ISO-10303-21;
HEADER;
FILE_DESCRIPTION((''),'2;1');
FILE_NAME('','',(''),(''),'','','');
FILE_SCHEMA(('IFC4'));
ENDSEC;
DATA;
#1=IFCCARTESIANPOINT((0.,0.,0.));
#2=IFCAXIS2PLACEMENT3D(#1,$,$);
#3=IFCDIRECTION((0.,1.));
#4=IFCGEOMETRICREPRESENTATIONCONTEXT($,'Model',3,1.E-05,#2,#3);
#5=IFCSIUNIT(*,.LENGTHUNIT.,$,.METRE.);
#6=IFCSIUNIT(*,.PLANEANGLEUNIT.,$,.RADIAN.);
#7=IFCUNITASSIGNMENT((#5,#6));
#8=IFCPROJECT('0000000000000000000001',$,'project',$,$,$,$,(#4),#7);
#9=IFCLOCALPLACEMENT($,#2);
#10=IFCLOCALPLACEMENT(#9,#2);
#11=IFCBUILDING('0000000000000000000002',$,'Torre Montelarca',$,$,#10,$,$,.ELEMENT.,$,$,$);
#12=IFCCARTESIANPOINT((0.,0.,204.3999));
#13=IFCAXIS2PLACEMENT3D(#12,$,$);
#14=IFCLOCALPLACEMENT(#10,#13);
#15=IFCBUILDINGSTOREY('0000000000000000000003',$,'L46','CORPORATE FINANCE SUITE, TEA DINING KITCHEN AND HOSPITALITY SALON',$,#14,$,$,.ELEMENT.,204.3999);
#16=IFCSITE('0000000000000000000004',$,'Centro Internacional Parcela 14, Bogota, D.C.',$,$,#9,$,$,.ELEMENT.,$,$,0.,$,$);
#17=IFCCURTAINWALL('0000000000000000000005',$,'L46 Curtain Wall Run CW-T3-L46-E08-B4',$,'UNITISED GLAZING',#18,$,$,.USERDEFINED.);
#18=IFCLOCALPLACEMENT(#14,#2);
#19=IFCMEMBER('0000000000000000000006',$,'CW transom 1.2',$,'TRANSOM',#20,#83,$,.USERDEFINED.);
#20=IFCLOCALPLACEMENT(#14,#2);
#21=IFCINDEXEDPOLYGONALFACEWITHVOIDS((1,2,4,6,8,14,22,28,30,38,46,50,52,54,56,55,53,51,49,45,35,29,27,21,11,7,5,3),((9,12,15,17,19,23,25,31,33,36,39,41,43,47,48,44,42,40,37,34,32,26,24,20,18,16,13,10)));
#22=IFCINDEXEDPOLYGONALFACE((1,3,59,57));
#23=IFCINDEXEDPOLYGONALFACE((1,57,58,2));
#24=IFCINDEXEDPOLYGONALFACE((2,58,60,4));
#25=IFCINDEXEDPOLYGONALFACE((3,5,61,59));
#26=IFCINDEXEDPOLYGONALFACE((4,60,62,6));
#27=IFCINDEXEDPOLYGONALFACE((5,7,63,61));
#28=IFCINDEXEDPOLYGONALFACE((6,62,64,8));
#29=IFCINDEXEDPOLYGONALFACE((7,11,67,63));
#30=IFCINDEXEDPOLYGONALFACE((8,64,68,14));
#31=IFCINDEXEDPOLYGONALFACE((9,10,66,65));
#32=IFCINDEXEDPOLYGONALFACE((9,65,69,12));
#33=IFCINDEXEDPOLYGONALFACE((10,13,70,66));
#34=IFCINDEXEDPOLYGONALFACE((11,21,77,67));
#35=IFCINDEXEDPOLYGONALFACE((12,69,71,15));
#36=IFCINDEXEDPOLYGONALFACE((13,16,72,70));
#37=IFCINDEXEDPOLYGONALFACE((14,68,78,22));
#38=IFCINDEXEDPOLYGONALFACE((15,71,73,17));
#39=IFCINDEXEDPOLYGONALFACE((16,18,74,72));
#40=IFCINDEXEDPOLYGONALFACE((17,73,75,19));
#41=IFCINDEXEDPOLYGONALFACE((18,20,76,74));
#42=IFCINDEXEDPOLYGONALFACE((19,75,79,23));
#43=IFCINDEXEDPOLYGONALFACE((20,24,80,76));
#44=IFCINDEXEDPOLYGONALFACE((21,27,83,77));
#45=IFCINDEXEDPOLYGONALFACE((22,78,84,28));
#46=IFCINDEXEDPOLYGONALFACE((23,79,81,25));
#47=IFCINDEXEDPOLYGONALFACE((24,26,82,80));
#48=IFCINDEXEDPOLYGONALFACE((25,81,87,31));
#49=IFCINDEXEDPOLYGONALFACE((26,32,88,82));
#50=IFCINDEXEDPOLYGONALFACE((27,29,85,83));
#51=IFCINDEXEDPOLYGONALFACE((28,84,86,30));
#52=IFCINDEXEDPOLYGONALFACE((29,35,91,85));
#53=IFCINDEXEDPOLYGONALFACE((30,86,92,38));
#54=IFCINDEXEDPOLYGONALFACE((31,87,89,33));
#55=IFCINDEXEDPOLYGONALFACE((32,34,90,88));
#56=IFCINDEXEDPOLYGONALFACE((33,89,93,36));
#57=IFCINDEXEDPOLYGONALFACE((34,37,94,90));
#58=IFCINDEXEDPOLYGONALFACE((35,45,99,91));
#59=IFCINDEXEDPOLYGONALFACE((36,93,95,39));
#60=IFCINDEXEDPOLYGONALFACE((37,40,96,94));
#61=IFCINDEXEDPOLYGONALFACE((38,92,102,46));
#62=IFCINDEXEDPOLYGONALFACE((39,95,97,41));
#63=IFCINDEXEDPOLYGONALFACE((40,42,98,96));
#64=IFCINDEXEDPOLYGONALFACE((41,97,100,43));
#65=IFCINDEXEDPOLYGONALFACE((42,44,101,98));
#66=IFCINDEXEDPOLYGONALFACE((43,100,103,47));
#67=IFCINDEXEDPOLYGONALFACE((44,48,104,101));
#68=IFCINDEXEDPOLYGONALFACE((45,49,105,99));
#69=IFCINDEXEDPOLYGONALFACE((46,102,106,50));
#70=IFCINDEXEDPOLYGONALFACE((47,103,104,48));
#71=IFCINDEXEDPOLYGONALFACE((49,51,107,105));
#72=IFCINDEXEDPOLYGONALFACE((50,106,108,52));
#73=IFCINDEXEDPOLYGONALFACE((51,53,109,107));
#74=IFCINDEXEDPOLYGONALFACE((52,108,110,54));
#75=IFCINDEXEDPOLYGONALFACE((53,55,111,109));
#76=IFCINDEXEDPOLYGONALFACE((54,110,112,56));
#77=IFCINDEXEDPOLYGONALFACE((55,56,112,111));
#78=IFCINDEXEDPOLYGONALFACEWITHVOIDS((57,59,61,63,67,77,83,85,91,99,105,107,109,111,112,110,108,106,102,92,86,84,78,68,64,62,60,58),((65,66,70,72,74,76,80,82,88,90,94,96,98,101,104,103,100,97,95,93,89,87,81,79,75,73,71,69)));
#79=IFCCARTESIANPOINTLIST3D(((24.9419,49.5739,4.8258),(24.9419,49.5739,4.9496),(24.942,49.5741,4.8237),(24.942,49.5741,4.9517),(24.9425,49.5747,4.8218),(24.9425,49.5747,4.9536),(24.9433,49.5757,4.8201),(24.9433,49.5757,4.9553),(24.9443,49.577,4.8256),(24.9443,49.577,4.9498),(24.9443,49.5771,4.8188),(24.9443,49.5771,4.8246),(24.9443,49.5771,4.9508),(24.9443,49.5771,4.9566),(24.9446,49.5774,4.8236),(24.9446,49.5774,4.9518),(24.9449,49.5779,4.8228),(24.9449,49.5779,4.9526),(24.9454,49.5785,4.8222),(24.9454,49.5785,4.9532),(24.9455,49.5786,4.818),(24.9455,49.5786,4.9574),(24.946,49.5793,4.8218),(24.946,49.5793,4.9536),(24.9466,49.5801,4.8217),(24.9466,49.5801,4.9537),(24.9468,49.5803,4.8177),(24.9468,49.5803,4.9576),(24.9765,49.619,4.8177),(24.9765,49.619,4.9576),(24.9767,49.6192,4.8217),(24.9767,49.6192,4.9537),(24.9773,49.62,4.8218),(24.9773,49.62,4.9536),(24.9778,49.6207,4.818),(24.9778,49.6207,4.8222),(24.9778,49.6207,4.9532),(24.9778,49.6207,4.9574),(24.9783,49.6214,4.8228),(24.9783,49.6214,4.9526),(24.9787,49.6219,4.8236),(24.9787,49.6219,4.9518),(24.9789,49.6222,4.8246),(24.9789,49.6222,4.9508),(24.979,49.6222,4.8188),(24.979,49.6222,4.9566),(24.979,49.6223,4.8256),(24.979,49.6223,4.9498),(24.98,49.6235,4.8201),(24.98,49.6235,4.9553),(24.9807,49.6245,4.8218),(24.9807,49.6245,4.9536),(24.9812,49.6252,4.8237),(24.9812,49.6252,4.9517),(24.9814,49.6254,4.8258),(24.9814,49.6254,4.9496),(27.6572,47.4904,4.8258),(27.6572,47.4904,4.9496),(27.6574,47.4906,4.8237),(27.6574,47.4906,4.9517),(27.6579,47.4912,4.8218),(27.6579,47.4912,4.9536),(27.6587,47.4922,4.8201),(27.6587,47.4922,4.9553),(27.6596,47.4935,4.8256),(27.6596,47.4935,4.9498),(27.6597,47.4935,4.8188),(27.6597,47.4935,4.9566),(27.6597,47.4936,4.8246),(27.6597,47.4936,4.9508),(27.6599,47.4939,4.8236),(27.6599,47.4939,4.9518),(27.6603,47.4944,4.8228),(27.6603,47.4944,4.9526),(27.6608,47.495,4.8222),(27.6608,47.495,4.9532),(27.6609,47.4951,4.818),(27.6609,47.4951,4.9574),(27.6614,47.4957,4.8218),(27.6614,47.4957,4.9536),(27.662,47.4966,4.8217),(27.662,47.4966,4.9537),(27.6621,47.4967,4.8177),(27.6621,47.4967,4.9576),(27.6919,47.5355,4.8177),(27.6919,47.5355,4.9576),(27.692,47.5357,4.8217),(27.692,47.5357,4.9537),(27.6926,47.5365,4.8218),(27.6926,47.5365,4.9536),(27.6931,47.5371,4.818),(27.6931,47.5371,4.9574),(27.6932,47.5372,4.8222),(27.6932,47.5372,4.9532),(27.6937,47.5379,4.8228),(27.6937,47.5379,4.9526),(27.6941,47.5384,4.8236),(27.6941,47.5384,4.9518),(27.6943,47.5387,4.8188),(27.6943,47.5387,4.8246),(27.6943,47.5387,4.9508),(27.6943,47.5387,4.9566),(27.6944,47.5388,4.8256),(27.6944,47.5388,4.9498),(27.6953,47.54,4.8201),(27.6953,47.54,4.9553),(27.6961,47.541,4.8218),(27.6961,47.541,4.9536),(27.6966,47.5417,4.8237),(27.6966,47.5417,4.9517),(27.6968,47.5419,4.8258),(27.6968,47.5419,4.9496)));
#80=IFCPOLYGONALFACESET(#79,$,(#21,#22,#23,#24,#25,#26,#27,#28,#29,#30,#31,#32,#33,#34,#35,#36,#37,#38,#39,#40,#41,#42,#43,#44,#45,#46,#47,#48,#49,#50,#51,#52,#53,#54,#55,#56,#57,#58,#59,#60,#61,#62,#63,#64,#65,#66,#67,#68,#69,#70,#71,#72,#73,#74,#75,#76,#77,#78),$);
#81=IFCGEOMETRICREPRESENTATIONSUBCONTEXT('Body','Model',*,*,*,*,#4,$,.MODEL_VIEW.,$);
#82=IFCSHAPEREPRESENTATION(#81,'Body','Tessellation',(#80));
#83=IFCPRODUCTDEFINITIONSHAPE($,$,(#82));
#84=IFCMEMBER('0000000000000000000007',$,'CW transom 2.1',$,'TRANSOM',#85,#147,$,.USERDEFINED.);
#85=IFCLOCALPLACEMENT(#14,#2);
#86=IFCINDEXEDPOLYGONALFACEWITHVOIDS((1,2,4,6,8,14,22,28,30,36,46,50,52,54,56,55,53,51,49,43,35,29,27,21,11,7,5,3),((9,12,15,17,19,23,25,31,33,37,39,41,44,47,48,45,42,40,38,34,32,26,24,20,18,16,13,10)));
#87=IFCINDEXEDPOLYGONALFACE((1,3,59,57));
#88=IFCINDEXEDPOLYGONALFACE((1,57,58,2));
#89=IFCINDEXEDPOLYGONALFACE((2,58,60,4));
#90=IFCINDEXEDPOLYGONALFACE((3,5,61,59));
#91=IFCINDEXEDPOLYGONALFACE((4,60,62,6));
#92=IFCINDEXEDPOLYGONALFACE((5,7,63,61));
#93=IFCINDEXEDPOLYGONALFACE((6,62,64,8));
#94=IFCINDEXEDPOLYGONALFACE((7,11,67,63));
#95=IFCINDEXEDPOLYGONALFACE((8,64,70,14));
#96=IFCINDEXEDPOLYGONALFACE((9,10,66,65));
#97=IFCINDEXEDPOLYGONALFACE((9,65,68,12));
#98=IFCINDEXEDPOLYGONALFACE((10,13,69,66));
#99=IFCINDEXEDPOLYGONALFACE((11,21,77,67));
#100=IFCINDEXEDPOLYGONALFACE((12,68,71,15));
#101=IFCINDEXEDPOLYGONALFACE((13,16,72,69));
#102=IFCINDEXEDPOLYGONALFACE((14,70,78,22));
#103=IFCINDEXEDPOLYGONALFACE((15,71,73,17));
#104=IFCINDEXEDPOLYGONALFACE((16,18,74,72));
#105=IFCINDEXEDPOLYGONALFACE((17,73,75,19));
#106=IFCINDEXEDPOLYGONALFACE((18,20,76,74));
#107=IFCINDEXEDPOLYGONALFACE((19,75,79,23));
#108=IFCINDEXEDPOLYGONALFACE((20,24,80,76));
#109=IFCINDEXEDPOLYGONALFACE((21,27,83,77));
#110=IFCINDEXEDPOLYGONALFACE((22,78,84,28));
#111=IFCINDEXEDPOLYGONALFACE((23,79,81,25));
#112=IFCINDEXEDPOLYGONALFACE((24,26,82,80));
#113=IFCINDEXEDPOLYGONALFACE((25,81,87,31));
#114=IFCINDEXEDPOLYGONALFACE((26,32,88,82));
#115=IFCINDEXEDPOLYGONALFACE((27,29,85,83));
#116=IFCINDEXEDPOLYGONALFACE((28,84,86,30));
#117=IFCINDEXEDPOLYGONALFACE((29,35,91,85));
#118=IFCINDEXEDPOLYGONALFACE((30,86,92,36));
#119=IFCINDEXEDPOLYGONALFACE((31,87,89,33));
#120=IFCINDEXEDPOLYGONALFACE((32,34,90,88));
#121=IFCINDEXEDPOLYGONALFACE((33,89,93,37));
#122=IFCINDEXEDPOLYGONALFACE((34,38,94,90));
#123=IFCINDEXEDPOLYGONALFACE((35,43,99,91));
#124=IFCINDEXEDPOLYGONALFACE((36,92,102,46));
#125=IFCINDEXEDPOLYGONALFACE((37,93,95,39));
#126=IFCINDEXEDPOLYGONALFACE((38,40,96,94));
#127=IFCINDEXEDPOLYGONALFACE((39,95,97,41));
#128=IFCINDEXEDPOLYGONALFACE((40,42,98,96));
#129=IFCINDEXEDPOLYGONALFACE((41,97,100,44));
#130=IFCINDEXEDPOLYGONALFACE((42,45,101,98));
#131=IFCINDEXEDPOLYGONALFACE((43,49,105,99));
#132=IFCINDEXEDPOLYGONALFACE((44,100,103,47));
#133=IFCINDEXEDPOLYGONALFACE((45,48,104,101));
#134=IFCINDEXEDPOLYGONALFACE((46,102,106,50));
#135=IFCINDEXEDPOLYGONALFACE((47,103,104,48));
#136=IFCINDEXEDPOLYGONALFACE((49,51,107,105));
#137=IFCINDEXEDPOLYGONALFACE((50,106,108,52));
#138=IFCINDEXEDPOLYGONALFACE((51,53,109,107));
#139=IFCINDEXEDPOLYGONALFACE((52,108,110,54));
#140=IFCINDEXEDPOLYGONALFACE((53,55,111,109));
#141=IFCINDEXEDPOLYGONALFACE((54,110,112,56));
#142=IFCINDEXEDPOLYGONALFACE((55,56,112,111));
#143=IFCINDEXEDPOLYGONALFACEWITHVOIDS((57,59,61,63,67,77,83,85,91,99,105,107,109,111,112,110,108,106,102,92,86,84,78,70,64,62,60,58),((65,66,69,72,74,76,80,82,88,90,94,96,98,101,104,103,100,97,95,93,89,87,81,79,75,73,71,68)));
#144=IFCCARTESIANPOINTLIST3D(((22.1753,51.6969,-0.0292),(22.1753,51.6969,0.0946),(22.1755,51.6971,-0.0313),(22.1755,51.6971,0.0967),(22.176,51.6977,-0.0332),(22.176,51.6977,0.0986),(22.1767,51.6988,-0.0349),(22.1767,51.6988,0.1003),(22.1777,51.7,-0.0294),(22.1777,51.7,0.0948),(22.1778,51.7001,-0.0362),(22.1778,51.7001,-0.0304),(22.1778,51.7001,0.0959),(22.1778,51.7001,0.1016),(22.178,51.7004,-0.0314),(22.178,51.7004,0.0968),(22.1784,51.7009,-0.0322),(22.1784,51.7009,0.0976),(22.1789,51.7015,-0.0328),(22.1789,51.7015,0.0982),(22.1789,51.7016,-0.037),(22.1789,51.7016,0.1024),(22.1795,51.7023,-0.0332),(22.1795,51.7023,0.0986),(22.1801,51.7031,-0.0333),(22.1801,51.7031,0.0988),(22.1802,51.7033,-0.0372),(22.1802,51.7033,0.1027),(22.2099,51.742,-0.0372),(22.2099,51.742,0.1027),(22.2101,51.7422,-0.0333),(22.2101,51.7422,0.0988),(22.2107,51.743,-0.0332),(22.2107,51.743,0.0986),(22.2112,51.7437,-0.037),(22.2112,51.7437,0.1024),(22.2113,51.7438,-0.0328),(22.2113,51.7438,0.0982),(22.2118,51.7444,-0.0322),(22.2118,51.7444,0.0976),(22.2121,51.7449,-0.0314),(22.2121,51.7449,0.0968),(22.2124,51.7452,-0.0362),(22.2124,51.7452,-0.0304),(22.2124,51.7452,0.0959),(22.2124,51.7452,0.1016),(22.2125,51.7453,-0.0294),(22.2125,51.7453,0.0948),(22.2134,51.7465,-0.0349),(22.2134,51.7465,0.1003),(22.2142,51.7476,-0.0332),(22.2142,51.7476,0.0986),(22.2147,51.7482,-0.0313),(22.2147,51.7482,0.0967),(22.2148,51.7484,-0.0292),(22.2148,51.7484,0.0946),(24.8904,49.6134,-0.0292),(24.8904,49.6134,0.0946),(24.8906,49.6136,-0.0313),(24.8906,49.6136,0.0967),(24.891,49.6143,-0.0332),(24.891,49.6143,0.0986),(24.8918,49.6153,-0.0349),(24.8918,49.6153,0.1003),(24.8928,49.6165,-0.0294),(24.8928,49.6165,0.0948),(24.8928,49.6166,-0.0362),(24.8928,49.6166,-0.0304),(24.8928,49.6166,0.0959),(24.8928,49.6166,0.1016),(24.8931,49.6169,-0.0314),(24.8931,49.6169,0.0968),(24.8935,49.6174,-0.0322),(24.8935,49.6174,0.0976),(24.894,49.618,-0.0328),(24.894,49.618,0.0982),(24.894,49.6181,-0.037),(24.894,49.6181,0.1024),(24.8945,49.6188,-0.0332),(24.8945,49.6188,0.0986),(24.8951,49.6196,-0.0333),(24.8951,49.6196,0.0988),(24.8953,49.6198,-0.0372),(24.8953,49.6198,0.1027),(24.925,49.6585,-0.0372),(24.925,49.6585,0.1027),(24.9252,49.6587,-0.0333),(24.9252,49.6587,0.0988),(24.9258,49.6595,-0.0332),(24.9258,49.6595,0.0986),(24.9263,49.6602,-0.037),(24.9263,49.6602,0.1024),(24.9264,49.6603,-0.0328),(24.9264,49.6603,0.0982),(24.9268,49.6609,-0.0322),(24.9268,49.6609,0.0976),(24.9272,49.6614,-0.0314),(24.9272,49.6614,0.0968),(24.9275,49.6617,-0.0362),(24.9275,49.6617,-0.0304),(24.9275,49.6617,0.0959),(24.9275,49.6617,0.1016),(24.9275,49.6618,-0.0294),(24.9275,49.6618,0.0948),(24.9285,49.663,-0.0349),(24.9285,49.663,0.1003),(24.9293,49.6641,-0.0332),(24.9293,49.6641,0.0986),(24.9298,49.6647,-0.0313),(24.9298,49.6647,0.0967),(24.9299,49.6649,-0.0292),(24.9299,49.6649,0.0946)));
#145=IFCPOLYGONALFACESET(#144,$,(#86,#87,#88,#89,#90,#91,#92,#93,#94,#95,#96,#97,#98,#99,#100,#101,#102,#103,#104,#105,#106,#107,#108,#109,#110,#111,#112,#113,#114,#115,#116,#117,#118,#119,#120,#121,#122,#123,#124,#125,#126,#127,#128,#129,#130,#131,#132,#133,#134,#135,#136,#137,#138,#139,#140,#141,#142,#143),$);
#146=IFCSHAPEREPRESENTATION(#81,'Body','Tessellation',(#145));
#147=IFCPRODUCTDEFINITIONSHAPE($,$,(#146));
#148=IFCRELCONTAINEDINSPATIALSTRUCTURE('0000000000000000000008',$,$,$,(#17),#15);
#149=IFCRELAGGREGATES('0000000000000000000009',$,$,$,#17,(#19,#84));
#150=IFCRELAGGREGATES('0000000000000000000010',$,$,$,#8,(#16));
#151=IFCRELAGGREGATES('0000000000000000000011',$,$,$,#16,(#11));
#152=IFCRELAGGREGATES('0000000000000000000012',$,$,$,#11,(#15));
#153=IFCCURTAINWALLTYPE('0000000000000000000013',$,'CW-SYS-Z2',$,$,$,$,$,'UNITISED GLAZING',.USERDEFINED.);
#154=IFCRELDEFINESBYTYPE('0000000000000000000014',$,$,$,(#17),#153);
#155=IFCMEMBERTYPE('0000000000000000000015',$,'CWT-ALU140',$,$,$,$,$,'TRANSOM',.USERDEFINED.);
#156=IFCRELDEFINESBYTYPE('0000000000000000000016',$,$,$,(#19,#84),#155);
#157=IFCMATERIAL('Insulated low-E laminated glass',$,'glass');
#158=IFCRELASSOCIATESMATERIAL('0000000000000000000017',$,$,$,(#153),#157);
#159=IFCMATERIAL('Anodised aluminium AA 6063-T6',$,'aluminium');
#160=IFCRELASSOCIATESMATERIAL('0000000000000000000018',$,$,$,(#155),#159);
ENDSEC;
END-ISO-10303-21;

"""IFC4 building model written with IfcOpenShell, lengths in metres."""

from ifc_helpers import new_model, si_unit, direction, frame, origin, origin_2d, place, context, subcontext, project, spatial, hollow_rectangle, extrude, source, transform, mapped, material, material_profile, profile_set, type_object, element, aggregate, save


model = new_model("IFC4")

# Units and contexts
model_context = context("Model", 3, precision=1e-05, world=origin(), true_north=direction((0.0, 1.0)))
body_context = subcontext(model_context, "Body", "Model", "MODEL_VIEW")
ifc_project = project(units=[si_unit("LENGTHUNIT", "METRE"), si_unit("PLANEANGLEUNIT", "RADIAN")], contexts=[model_context])

# Site, building, storey
site_placement = place(None, origin())
site = spatial("IfcSite", under=ifc_project, at=site_placement, Name="Centro Internacional Parcela 14, Bogota, D.C.", CompositionType="ELEMENT", RefElevation=0.0)
building_placement = place(site_placement, origin())
building = spatial("IfcBuilding", under=site, at=building_placement, Name="Torre Montelarca", CompositionType="ELEMENT")
storey_placement = place(building_placement, frame((0.0, 0.0, 204.3999)))
storey = spatial("IfcBuildingStorey", under=building, at=storey_placement, Name="L46", Description="CORPORATE FINANCE SUITE, TEA DINING KITCHEN AND HOSPITALITY SALON", CompositionType="ELEMENT", Elevation=204.3999)

# Shared definitions
ifc_material_1 = material(Name="Insulated low-E laminated glass", Category="glass")
curtain_wall_type = type_object("IfcCurtainWallType", Name="CW-SYS-Z2", ElementType="UNITISED GLAZING", PredefinedType="USERDEFINED", material=ifc_material_1)
ifc_material_2 = material(Name="Anodised aluminium AA 6063-T6", Category="aluminium")

# Curtain wall
curtain_wall_1_placement = place(storey_placement, origin())
curtain_wall_1 = element("IfcCurtainWall", 1, at=curtain_wall_1_placement, inside=storey, type_object=curtain_wall_type, Name="L46 Curtain Wall Run CW-T3-L46-E08-B4", ObjectType="UNITISED GLAZING", PredefinedType="USERDEFINED")

# Members
ifc_material_profile_1 = material_profile(ifc_material_2, hollow_rectangle(XDim=0.0649, YDim=0.1399, WallThickness=0.0039, InnerFilletRadius=0.0039, OuterFilletRadius=0.0081, at=origin_2d()), Name="ALU65X140X4", Category="aluminium")
ifc_profile_set_1 = profile_set([ifc_material_profile_1], Name="Anodised aluminium AA 6063-T6")
member_type_1 = type_object("IfcMemberType", Name="CWT-ALU140", ElementType="TRANSOM", PredefinedType="USERDEFINED", material=ifc_profile_set_1)
shared_shape_1 = source(origin(), body_context, "Body", "SweptSolid", [
    extrude(hollow_rectangle(XDim=0.0649, YDim=0.1399, WallThickness=0.0039, InnerFilletRadius=0.0039, OuterFilletRadius=0.0081, at=origin_2d()), origin(), (0.0, 0.0, 1.0), 3.4226),
])
member_1_placement = place(storey_placement, frame((27.677, 47.5161, 4.8877), z_axis=(-0.793361, 0.608752, 0.0), x_axis=(-0.608752, -0.793361, 0.0)))
member_1 = element("IfcMember", 2, at=member_1_placement, type_object=member_type_1, Name="CW transom 1.2", ObjectType="TRANSOM", PredefinedType="USERDEFINED", context=body_context, shape_type="MappedRepresentation", body=[
    mapped(shared_shape_1, transform((0.0, 0.0, 0.0), scale=1.0)),
])
shared_shape_2 = source(origin(), body_context, "Body", "SweptSolid", [
    extrude(hollow_rectangle(XDim=0.0649, YDim=0.1399, WallThickness=0.0039, InnerFilletRadius=0.0039, OuterFilletRadius=0.0081, at=origin_2d()), origin(), (0.0, 0.0, 1.0), 3.4224),
])
member_2_placement = place(storey_placement, frame((24.9102, 49.6392, 0.0327), z_axis=(-0.793334, 0.608786, 0.0), x_axis=(-0.608786, -0.793334, 0.0)))
member_2 = element("IfcMember", 3, at=member_2_placement, type_object=member_type_1, Name="CW transom 2.1", ObjectType="TRANSOM", PredefinedType="USERDEFINED", context=body_context, shape_type="MappedRepresentation", body=[
    mapped(shared_shape_2, transform((0.0, 0.0, 0.0), scale=1.0)),
])

aggregate(curtain_wall_1, [member_1, member_2])

save(model, "model.ifc")
